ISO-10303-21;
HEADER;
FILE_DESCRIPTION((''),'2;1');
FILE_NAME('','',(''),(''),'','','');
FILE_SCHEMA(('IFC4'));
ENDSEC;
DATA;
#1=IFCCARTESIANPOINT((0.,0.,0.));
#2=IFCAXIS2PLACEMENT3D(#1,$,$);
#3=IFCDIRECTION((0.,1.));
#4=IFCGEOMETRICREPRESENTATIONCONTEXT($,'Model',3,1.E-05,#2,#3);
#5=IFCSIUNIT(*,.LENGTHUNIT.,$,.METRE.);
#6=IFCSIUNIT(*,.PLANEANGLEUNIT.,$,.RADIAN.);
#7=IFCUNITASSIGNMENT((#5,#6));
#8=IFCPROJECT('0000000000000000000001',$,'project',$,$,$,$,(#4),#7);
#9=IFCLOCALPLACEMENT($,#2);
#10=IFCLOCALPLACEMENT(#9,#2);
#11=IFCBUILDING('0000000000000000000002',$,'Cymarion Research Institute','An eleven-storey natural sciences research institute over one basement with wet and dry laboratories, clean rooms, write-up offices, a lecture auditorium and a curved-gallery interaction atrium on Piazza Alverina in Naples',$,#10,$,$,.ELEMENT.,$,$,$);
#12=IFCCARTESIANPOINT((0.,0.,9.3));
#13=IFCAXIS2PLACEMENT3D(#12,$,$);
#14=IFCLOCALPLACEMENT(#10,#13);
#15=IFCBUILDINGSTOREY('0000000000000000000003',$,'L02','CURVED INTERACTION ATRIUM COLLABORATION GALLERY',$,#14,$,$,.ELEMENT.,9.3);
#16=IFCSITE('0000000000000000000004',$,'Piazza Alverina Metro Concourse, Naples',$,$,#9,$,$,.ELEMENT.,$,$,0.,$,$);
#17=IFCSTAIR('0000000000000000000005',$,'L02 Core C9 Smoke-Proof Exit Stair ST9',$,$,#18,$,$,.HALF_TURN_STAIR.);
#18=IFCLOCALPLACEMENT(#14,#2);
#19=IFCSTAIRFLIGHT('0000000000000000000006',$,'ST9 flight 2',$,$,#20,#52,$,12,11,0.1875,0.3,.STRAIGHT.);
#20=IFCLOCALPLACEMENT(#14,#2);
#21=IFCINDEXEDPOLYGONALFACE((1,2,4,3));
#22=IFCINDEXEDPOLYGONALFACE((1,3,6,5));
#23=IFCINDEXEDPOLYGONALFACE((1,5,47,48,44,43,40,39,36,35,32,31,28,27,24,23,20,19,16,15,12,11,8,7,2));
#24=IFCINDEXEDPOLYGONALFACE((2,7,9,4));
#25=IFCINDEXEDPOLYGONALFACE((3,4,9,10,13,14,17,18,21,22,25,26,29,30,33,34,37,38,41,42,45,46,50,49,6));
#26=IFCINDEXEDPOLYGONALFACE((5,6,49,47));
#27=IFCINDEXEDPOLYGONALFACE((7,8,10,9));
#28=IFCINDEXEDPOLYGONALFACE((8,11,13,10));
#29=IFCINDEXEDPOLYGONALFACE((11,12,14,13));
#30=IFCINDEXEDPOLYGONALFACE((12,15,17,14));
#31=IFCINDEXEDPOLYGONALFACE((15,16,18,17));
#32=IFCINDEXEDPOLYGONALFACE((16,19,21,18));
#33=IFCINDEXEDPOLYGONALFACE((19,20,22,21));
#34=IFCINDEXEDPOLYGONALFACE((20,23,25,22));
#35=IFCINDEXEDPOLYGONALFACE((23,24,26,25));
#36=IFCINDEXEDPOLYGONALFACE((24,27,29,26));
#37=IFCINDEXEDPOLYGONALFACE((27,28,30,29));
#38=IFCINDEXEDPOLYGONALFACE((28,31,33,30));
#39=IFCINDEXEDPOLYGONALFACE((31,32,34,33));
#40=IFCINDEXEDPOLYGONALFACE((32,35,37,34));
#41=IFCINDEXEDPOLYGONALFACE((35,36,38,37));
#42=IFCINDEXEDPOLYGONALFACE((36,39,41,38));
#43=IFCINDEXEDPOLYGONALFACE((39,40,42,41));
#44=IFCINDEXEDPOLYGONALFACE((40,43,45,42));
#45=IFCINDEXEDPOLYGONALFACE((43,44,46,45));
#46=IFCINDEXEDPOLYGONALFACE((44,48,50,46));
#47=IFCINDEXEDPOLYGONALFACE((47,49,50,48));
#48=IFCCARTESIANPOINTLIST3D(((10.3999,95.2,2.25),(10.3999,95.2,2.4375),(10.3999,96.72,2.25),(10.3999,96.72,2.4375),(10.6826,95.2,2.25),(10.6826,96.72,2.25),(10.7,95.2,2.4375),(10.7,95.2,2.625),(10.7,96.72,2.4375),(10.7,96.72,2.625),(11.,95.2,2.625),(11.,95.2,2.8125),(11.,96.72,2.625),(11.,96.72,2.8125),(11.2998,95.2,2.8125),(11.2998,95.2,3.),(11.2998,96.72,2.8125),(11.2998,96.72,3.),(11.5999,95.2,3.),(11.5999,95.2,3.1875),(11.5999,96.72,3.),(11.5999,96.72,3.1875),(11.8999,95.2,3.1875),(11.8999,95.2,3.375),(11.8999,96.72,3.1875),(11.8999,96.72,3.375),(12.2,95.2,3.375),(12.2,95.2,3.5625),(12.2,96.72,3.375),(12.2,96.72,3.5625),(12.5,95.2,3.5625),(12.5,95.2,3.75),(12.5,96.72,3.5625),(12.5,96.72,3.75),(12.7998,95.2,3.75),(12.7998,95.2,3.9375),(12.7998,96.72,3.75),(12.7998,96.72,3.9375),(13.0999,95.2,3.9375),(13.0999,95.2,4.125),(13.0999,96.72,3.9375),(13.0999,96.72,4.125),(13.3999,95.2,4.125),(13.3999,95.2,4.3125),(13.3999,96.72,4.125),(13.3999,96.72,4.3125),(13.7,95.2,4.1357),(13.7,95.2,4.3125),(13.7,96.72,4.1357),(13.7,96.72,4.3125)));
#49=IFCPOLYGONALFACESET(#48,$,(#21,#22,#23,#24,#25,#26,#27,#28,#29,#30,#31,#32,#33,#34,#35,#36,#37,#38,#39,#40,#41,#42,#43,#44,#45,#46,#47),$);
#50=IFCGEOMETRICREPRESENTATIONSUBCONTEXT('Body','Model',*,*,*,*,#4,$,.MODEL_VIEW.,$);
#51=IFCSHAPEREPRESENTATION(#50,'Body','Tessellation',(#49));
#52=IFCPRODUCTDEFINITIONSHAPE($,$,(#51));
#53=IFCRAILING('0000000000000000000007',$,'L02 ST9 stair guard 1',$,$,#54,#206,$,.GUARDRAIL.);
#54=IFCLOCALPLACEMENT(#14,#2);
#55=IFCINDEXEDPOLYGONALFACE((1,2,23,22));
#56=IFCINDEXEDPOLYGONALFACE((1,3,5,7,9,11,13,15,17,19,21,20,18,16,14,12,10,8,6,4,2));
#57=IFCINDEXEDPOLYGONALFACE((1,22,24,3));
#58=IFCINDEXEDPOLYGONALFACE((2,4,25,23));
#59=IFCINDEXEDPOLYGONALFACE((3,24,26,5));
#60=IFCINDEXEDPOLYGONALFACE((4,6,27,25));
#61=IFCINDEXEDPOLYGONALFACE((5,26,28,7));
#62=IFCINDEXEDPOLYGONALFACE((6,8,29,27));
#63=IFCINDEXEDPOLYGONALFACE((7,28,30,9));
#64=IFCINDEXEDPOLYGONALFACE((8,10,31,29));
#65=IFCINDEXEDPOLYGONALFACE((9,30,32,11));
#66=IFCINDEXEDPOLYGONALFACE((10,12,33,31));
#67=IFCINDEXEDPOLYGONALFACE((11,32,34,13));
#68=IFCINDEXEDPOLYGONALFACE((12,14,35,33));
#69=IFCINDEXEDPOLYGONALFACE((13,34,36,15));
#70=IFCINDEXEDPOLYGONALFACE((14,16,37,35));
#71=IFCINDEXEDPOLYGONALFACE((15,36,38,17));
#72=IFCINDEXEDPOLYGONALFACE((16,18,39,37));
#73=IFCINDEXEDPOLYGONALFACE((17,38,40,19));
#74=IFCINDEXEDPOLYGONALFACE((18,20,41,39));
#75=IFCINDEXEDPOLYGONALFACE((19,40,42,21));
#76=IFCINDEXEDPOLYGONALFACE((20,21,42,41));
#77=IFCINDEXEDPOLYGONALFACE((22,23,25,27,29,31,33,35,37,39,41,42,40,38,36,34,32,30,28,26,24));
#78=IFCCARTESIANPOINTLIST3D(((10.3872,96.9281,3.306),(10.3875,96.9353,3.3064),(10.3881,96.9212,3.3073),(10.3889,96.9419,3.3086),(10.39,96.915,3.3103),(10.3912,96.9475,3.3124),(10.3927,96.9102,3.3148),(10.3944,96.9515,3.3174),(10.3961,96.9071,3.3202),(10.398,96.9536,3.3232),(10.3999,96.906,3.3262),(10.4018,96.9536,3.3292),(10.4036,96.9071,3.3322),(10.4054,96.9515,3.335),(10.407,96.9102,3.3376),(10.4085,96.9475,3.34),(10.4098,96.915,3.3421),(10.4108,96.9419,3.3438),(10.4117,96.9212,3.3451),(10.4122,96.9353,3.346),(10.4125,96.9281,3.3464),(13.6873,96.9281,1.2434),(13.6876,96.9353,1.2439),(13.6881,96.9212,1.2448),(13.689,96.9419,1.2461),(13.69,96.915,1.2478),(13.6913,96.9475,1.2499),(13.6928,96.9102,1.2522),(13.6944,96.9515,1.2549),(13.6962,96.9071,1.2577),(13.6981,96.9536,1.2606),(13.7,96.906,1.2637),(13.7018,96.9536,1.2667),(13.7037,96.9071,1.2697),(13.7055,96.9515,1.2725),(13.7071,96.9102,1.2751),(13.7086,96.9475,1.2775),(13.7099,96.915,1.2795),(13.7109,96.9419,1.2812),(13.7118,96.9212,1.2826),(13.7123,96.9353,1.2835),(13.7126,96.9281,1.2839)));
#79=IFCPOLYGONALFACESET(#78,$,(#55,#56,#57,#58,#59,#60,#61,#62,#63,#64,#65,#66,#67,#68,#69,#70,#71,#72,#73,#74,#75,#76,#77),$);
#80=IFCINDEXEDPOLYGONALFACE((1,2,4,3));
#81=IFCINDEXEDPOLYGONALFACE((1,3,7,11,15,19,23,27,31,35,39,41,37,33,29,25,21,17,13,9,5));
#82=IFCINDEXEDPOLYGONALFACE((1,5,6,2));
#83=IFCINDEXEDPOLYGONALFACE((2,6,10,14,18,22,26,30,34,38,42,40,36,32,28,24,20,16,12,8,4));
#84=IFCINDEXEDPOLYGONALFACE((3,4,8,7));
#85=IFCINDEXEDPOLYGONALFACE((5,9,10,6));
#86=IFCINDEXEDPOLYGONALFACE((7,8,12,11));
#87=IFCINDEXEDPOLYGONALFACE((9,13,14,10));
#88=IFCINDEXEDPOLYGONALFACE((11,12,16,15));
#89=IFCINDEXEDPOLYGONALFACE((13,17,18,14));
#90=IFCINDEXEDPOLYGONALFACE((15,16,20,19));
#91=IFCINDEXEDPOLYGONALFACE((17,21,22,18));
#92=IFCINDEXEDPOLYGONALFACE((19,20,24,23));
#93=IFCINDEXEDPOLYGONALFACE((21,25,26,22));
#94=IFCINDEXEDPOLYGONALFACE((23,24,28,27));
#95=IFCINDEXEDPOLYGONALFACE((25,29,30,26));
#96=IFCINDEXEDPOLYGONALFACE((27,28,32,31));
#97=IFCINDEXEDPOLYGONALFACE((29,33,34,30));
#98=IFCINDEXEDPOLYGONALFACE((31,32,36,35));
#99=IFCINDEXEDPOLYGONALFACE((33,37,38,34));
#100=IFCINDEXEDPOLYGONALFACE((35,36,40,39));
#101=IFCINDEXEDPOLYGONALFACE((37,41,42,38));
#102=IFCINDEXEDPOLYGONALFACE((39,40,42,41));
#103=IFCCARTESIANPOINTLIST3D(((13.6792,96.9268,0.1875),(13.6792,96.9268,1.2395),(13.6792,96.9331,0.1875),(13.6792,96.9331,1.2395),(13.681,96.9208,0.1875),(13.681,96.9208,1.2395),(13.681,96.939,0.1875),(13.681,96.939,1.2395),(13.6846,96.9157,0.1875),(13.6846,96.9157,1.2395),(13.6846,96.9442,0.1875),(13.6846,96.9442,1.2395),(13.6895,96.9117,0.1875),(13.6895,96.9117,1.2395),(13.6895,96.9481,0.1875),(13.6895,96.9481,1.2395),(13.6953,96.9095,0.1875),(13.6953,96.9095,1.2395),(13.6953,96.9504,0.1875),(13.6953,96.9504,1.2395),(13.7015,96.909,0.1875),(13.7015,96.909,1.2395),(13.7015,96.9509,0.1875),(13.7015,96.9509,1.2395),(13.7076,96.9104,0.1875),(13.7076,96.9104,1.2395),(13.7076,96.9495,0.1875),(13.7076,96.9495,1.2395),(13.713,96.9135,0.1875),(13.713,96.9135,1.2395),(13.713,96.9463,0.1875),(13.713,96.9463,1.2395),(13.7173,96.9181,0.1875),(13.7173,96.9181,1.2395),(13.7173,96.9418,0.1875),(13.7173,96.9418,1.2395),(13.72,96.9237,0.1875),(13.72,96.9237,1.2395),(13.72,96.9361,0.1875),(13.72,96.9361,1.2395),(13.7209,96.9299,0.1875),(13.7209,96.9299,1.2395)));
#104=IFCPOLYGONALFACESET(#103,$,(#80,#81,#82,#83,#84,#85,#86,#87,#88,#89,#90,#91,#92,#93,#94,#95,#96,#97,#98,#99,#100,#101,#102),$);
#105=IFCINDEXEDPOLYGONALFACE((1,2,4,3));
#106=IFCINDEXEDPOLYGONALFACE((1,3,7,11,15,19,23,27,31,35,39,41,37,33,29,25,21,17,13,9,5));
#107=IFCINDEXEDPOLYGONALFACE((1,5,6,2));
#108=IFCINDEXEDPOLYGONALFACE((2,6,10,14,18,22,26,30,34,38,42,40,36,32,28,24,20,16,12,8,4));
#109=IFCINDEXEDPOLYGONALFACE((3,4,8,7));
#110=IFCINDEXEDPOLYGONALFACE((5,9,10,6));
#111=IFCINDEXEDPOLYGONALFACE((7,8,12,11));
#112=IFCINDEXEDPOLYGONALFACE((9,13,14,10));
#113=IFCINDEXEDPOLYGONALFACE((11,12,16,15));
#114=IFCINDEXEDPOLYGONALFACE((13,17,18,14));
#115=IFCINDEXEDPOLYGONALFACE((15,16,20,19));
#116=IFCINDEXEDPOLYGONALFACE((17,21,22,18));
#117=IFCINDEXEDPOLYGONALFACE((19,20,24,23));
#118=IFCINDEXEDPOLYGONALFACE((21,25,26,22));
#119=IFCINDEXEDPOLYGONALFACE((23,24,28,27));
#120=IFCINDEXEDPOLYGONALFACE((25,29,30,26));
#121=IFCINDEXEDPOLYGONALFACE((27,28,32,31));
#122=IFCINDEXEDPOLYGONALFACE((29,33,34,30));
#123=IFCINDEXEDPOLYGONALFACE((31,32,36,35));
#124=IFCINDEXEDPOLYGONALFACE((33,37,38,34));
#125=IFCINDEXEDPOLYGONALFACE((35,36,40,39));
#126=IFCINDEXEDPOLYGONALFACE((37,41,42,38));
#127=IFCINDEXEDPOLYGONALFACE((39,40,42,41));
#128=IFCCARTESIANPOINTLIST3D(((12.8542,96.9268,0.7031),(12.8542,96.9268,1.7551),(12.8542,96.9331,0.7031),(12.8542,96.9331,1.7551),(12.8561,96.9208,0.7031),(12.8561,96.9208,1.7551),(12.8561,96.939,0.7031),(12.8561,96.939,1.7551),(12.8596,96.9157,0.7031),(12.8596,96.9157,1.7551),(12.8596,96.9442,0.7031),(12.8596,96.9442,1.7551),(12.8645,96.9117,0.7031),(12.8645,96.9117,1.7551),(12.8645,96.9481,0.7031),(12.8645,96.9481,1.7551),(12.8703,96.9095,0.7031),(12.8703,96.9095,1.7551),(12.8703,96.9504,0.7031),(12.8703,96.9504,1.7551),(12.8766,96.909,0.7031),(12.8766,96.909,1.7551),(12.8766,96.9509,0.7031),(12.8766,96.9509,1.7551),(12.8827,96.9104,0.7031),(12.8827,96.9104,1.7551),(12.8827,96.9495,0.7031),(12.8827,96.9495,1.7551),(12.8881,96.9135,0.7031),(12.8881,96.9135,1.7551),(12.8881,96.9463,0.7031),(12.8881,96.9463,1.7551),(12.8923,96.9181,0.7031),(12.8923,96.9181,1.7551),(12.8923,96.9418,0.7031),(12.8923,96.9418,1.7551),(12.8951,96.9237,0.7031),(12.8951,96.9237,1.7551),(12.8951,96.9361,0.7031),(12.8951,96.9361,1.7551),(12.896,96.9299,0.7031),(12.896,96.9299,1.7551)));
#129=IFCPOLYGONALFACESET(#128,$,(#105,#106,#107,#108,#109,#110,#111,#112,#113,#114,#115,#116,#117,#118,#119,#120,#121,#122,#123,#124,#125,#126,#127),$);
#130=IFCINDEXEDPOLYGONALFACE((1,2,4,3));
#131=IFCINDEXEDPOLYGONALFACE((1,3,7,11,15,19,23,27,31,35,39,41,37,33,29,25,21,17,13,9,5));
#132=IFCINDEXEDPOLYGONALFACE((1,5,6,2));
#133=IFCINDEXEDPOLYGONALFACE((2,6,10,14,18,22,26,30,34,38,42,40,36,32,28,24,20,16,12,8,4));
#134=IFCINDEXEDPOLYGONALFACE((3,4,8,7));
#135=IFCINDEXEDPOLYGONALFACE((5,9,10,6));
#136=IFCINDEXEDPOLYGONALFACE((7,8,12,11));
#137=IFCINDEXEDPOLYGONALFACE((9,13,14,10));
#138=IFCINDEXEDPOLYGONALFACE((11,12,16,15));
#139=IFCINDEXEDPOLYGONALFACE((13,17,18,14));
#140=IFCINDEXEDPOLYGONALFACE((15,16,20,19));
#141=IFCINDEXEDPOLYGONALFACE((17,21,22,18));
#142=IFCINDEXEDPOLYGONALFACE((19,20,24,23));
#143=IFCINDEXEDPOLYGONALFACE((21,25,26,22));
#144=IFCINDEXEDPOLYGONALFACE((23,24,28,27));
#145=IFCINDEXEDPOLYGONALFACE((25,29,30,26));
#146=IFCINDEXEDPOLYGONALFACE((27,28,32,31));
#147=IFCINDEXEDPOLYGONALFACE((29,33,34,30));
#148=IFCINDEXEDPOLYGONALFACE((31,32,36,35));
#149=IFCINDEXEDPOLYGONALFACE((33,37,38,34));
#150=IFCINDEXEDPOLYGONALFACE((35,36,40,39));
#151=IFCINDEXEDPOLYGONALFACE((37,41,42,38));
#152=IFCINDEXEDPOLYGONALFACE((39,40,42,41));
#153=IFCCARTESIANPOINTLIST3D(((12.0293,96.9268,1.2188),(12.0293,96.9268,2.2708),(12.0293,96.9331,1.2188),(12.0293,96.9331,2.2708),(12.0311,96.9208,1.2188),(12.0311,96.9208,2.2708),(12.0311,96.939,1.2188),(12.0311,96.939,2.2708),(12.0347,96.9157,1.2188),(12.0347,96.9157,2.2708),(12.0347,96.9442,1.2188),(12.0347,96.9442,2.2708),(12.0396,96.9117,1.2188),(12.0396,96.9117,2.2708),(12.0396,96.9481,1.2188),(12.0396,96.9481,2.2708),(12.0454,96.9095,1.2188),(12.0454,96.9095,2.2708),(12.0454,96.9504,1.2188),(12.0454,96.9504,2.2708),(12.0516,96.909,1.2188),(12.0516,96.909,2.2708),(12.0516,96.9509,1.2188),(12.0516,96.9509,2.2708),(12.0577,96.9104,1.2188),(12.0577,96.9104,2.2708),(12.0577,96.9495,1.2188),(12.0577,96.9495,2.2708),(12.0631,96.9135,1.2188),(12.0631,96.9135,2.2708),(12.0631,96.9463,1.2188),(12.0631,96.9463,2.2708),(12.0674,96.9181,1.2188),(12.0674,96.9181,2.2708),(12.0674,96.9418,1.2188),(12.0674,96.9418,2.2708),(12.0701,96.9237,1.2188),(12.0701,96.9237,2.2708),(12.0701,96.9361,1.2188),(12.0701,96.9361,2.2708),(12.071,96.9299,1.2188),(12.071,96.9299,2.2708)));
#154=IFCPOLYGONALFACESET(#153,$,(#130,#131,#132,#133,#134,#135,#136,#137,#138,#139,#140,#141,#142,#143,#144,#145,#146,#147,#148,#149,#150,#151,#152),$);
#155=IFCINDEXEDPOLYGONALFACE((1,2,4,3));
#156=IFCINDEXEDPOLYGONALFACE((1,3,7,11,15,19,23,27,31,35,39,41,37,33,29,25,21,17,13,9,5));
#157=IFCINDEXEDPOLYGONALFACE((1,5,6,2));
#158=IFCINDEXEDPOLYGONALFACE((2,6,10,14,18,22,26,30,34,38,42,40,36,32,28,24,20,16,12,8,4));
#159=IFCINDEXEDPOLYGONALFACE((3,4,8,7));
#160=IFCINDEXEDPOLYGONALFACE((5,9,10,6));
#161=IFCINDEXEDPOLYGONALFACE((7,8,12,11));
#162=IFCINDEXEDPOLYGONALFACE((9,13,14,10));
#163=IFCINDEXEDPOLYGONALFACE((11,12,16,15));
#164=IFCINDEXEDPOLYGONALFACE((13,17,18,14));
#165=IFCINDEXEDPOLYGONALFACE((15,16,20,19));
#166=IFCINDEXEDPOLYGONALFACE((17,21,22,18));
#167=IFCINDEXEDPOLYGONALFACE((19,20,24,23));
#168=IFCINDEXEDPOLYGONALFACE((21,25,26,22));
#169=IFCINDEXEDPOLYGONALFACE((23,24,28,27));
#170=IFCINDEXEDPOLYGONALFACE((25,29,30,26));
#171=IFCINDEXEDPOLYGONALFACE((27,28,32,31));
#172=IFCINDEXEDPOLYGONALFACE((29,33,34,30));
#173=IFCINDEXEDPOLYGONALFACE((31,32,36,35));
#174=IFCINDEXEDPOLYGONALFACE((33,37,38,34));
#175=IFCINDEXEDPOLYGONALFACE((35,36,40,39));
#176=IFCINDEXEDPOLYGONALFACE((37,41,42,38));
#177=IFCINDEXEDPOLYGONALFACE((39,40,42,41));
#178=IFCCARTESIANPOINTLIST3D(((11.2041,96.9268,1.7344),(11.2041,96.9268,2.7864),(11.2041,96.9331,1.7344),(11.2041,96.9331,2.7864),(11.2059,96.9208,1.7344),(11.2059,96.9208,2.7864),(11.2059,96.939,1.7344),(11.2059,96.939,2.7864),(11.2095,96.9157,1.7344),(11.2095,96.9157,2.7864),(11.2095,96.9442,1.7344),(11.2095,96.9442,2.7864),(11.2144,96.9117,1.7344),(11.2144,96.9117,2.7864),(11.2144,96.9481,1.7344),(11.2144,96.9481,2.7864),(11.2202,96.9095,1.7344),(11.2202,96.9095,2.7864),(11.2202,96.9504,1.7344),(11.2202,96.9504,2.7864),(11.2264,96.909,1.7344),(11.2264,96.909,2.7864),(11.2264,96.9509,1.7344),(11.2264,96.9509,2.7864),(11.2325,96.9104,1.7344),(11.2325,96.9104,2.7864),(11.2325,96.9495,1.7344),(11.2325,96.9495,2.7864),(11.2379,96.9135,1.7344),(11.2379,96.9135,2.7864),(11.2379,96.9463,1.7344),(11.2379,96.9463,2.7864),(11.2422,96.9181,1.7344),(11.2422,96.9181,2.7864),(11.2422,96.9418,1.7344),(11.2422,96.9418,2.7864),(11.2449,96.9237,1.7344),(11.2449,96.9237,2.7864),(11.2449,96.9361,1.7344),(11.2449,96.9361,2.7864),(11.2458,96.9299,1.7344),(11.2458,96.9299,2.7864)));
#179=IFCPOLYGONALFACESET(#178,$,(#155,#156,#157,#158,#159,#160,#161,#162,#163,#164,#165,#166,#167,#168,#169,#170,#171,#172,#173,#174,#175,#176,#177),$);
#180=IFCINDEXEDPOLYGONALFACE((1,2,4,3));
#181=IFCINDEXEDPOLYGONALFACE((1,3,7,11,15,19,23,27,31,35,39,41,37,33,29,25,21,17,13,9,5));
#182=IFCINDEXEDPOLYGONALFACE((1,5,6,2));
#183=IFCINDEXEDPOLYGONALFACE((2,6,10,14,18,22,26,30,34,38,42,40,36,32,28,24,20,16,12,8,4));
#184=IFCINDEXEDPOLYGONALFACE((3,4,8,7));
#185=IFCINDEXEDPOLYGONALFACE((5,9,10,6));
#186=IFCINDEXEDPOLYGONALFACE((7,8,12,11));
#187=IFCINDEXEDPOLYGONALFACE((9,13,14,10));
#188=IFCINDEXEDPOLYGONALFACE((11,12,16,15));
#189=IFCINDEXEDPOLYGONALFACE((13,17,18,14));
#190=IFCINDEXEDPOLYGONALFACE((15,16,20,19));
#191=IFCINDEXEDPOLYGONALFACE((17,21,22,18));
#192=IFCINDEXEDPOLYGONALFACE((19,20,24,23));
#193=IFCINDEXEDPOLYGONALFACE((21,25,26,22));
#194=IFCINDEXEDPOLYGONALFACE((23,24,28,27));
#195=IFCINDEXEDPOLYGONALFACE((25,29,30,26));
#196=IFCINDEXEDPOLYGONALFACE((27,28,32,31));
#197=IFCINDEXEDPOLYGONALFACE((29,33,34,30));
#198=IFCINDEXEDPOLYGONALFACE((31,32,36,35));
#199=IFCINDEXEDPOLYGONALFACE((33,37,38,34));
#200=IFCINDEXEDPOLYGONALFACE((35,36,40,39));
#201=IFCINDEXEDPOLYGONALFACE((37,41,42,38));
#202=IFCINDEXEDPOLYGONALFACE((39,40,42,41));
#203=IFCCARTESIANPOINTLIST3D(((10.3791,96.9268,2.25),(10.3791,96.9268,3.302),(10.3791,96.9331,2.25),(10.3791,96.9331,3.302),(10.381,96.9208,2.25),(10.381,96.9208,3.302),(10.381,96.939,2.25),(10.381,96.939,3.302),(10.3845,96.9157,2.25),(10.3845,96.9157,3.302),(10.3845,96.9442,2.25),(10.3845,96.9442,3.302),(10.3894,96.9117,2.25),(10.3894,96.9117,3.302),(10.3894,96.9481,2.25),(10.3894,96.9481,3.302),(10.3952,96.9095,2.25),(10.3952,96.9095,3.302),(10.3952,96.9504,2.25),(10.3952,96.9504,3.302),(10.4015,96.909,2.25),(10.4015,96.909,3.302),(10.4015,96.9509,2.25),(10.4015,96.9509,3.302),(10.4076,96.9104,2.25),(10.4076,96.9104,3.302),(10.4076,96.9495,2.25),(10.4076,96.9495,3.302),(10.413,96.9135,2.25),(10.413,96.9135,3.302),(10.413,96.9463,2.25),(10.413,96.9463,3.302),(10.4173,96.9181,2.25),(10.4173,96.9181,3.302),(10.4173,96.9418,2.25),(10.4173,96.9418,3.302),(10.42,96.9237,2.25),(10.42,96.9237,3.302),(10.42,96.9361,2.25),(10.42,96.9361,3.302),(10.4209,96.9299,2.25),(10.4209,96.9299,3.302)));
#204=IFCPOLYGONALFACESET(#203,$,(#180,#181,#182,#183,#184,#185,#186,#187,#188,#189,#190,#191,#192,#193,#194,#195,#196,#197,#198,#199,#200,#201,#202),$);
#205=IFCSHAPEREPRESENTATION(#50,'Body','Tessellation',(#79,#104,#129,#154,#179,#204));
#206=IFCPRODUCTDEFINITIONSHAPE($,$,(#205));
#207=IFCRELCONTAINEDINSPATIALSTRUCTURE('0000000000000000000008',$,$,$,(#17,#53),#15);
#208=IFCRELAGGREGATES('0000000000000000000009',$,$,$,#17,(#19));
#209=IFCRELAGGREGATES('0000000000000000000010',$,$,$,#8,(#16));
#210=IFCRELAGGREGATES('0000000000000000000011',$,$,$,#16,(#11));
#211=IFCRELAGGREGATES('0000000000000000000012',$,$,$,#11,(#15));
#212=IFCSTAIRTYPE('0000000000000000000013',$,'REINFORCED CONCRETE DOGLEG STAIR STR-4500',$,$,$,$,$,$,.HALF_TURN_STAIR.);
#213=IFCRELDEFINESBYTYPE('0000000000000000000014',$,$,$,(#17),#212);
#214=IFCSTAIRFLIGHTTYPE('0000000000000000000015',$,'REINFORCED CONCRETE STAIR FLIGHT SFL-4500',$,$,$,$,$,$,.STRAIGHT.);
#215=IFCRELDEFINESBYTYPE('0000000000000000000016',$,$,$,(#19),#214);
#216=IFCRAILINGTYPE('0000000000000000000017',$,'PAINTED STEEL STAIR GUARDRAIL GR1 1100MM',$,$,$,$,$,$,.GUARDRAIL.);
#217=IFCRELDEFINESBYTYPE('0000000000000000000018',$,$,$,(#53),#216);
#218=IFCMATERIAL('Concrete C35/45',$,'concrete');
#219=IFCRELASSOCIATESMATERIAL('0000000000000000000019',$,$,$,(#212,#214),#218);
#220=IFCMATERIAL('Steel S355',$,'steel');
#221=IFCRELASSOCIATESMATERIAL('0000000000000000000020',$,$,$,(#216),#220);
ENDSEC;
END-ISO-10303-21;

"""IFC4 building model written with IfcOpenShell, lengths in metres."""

from ifc_helpers import new_model, si_unit, direction, frame, origin, origin_2d, place, context, subcontext, project, spatial, polyline, circle, outline, extrude, material, type_object, element, aggregate, save


model = new_model("IFC4")

# Units and contexts
model_context = context("Model", 3, precision=1e-05, world=origin(), true_north=direction((0.0, 1.0)))
body_context = subcontext(model_context, "Body", "Model", "MODEL_VIEW")
ifc_project = project(units=[si_unit("LENGTHUNIT", "METRE"), si_unit("PLANEANGLEUNIT", "RADIAN")], contexts=[model_context])

# Site, building, storey
site_placement = place(None, origin())
site = spatial("IfcSite", under=ifc_project, at=site_placement, Name="Piazza Alverina Metro Concourse, Naples", CompositionType="ELEMENT", RefElevation=0.0)
building_placement = place(site_placement, origin())
building = spatial("IfcBuilding", under=site, at=building_placement, Name="Cymarion Research Institute", Description="An eleven-storey natural sciences research institute over one basement with wet and dry laboratories, clean rooms, write-up offices, a lecture auditorium and a curved-gallery interaction atrium on Piazza Alverina in Naples", CompositionType="ELEMENT")
storey_placement = place(building_placement, frame((0.0, 0.0, 9.3)))
storey = spatial("IfcBuildingStorey", under=building, at=storey_placement, Name="L02", Description="CURVED INTERACTION ATRIUM COLLABORATION GALLERY", CompositionType="ELEMENT", Elevation=9.3)

# Shared definitions
ifc_material_1 = material(Name="Steel S355", Category="steel")

# Stair, stair flight
ifc_material_2 = material(Name="Concrete C35/45", Category="concrete")
stair_type = type_object("IfcStairType", Name="REINFORCED CONCRETE DOGLEG STAIR STR-4500", PredefinedType="HALF_TURN_STAIR", material=ifc_material_2)
stair_placement = place(storey_placement, origin())
stair = element("IfcStair", 1, at=stair_placement, inside=storey, type_object=stair_type, Name="L02 Core C9 Smoke-Proof Exit Stair ST9", PredefinedType="HALF_TURN_STAIR")
stair_flight_type = type_object("IfcStairFlightType", Name="REINFORCED CONCRETE STAIR FLIGHT SFL-4500", PredefinedType="STRAIGHT", material=ifc_material_2)
stair_flight_1_placement = place(storey_placement, frame((10.3999, 95.96, 2.25), z_axis=(0.0, 0.0, 1.0), x_axis=(1.0, 0.0, 0.0)))
stair_flight_1 = element("IfcStairFlight", 2, at=stair_flight_1_placement, type_object=stair_flight_type, Name="ST9 flight 2", NumberOfRisers=12, NumberOfTreads=11, PredefinedType="STRAIGHT", RiserHeight=0.1875, TreadLength=0.3, context=body_context, shape_type="SweptSolid", body=[
    extrude(outline(polyline([(0.0, 0.0), (0.0, 0.1875), (0.3, 0.1875), (0.3, 0.375), (0.6001, 0.375), (0.6001, 0.5625), (0.8999, 0.5625), (0.8999, 0.75), (1.2, 0.75), (1.2, 0.9375), (1.5, 0.9375), (1.5, 1.125), (1.8, 1.125), (1.8, 1.3125), (2.1001, 1.3125), (2.1001, 1.5), (2.3999, 1.5), (2.3999, 1.6875), (2.7, 1.6875), (2.7, 1.875), (3.0, 1.875), (3.0, 2.0625), (3.3, 2.0625), (3.3, 2.25), (3.3, 1.8857), (0.2827, 0.0), (0.0, 0.0)])), frame((0.0, 0.76, 0.0), z_axis=(0.0, -1.0, 0.0), x_axis=(1.0, 0.0, 0.0)), (0.0, 0.0, 1.0), 1.52),
])
aggregate(stair, [stair_flight_1])

# Railing
railing_type_1 = type_object("IfcRailingType", Name="PAINTED STEEL STAIR GUARDRAIL GR1 1100MM", PredefinedType="GUARDRAIL", material=ifc_material_1)
railing_1_placement = place(storey_placement, frame((13.7, 96.9299, 0.1875)))
element("IfcRailing", 3, at=railing_1_placement, inside=storey, type_object=railing_type_1, Name="L02 ST9 stair guard 1", PredefinedType="GUARDRAIL", context=body_context, shape_type="SweptSolid", body=[
    extrude(circle(Radius=0.0239, at=origin_2d()), frame((0.0, 0.0, 1.0762), z_axis=(-0.848002, 0.0, 0.529993), x_axis=(0.0, -1.0, 0.0)), (0.0, 0.0, 1.0), 3.8916),
    extrude(circle(Radius=0.021, at=origin_2d()), origin(), (0.0, 0.0, 1.0), 1.052),
    extrude(circle(Radius=0.021, at=origin_2d()), frame((-0.825, 0.0, 0.5156)), (0.0, 0.0, 1.0), 1.052),
    extrude(circle(Radius=0.021, at=origin_2d()), frame((-1.6499, 0.0, 1.0312)), (0.0, 0.0, 1.0), 1.052),
    extrude(circle(Radius=0.021, at=origin_2d()), frame((-2.4751, 0.0, 1.5469)), (0.0, 0.0, 1.0), 1.052),
    extrude(circle(Radius=0.021, at=origin_2d()), frame((-3.3, 0.0, 2.0625)), (0.0, 0.0, 1.0), 1.052),
])

save(model, "model.ifc")
